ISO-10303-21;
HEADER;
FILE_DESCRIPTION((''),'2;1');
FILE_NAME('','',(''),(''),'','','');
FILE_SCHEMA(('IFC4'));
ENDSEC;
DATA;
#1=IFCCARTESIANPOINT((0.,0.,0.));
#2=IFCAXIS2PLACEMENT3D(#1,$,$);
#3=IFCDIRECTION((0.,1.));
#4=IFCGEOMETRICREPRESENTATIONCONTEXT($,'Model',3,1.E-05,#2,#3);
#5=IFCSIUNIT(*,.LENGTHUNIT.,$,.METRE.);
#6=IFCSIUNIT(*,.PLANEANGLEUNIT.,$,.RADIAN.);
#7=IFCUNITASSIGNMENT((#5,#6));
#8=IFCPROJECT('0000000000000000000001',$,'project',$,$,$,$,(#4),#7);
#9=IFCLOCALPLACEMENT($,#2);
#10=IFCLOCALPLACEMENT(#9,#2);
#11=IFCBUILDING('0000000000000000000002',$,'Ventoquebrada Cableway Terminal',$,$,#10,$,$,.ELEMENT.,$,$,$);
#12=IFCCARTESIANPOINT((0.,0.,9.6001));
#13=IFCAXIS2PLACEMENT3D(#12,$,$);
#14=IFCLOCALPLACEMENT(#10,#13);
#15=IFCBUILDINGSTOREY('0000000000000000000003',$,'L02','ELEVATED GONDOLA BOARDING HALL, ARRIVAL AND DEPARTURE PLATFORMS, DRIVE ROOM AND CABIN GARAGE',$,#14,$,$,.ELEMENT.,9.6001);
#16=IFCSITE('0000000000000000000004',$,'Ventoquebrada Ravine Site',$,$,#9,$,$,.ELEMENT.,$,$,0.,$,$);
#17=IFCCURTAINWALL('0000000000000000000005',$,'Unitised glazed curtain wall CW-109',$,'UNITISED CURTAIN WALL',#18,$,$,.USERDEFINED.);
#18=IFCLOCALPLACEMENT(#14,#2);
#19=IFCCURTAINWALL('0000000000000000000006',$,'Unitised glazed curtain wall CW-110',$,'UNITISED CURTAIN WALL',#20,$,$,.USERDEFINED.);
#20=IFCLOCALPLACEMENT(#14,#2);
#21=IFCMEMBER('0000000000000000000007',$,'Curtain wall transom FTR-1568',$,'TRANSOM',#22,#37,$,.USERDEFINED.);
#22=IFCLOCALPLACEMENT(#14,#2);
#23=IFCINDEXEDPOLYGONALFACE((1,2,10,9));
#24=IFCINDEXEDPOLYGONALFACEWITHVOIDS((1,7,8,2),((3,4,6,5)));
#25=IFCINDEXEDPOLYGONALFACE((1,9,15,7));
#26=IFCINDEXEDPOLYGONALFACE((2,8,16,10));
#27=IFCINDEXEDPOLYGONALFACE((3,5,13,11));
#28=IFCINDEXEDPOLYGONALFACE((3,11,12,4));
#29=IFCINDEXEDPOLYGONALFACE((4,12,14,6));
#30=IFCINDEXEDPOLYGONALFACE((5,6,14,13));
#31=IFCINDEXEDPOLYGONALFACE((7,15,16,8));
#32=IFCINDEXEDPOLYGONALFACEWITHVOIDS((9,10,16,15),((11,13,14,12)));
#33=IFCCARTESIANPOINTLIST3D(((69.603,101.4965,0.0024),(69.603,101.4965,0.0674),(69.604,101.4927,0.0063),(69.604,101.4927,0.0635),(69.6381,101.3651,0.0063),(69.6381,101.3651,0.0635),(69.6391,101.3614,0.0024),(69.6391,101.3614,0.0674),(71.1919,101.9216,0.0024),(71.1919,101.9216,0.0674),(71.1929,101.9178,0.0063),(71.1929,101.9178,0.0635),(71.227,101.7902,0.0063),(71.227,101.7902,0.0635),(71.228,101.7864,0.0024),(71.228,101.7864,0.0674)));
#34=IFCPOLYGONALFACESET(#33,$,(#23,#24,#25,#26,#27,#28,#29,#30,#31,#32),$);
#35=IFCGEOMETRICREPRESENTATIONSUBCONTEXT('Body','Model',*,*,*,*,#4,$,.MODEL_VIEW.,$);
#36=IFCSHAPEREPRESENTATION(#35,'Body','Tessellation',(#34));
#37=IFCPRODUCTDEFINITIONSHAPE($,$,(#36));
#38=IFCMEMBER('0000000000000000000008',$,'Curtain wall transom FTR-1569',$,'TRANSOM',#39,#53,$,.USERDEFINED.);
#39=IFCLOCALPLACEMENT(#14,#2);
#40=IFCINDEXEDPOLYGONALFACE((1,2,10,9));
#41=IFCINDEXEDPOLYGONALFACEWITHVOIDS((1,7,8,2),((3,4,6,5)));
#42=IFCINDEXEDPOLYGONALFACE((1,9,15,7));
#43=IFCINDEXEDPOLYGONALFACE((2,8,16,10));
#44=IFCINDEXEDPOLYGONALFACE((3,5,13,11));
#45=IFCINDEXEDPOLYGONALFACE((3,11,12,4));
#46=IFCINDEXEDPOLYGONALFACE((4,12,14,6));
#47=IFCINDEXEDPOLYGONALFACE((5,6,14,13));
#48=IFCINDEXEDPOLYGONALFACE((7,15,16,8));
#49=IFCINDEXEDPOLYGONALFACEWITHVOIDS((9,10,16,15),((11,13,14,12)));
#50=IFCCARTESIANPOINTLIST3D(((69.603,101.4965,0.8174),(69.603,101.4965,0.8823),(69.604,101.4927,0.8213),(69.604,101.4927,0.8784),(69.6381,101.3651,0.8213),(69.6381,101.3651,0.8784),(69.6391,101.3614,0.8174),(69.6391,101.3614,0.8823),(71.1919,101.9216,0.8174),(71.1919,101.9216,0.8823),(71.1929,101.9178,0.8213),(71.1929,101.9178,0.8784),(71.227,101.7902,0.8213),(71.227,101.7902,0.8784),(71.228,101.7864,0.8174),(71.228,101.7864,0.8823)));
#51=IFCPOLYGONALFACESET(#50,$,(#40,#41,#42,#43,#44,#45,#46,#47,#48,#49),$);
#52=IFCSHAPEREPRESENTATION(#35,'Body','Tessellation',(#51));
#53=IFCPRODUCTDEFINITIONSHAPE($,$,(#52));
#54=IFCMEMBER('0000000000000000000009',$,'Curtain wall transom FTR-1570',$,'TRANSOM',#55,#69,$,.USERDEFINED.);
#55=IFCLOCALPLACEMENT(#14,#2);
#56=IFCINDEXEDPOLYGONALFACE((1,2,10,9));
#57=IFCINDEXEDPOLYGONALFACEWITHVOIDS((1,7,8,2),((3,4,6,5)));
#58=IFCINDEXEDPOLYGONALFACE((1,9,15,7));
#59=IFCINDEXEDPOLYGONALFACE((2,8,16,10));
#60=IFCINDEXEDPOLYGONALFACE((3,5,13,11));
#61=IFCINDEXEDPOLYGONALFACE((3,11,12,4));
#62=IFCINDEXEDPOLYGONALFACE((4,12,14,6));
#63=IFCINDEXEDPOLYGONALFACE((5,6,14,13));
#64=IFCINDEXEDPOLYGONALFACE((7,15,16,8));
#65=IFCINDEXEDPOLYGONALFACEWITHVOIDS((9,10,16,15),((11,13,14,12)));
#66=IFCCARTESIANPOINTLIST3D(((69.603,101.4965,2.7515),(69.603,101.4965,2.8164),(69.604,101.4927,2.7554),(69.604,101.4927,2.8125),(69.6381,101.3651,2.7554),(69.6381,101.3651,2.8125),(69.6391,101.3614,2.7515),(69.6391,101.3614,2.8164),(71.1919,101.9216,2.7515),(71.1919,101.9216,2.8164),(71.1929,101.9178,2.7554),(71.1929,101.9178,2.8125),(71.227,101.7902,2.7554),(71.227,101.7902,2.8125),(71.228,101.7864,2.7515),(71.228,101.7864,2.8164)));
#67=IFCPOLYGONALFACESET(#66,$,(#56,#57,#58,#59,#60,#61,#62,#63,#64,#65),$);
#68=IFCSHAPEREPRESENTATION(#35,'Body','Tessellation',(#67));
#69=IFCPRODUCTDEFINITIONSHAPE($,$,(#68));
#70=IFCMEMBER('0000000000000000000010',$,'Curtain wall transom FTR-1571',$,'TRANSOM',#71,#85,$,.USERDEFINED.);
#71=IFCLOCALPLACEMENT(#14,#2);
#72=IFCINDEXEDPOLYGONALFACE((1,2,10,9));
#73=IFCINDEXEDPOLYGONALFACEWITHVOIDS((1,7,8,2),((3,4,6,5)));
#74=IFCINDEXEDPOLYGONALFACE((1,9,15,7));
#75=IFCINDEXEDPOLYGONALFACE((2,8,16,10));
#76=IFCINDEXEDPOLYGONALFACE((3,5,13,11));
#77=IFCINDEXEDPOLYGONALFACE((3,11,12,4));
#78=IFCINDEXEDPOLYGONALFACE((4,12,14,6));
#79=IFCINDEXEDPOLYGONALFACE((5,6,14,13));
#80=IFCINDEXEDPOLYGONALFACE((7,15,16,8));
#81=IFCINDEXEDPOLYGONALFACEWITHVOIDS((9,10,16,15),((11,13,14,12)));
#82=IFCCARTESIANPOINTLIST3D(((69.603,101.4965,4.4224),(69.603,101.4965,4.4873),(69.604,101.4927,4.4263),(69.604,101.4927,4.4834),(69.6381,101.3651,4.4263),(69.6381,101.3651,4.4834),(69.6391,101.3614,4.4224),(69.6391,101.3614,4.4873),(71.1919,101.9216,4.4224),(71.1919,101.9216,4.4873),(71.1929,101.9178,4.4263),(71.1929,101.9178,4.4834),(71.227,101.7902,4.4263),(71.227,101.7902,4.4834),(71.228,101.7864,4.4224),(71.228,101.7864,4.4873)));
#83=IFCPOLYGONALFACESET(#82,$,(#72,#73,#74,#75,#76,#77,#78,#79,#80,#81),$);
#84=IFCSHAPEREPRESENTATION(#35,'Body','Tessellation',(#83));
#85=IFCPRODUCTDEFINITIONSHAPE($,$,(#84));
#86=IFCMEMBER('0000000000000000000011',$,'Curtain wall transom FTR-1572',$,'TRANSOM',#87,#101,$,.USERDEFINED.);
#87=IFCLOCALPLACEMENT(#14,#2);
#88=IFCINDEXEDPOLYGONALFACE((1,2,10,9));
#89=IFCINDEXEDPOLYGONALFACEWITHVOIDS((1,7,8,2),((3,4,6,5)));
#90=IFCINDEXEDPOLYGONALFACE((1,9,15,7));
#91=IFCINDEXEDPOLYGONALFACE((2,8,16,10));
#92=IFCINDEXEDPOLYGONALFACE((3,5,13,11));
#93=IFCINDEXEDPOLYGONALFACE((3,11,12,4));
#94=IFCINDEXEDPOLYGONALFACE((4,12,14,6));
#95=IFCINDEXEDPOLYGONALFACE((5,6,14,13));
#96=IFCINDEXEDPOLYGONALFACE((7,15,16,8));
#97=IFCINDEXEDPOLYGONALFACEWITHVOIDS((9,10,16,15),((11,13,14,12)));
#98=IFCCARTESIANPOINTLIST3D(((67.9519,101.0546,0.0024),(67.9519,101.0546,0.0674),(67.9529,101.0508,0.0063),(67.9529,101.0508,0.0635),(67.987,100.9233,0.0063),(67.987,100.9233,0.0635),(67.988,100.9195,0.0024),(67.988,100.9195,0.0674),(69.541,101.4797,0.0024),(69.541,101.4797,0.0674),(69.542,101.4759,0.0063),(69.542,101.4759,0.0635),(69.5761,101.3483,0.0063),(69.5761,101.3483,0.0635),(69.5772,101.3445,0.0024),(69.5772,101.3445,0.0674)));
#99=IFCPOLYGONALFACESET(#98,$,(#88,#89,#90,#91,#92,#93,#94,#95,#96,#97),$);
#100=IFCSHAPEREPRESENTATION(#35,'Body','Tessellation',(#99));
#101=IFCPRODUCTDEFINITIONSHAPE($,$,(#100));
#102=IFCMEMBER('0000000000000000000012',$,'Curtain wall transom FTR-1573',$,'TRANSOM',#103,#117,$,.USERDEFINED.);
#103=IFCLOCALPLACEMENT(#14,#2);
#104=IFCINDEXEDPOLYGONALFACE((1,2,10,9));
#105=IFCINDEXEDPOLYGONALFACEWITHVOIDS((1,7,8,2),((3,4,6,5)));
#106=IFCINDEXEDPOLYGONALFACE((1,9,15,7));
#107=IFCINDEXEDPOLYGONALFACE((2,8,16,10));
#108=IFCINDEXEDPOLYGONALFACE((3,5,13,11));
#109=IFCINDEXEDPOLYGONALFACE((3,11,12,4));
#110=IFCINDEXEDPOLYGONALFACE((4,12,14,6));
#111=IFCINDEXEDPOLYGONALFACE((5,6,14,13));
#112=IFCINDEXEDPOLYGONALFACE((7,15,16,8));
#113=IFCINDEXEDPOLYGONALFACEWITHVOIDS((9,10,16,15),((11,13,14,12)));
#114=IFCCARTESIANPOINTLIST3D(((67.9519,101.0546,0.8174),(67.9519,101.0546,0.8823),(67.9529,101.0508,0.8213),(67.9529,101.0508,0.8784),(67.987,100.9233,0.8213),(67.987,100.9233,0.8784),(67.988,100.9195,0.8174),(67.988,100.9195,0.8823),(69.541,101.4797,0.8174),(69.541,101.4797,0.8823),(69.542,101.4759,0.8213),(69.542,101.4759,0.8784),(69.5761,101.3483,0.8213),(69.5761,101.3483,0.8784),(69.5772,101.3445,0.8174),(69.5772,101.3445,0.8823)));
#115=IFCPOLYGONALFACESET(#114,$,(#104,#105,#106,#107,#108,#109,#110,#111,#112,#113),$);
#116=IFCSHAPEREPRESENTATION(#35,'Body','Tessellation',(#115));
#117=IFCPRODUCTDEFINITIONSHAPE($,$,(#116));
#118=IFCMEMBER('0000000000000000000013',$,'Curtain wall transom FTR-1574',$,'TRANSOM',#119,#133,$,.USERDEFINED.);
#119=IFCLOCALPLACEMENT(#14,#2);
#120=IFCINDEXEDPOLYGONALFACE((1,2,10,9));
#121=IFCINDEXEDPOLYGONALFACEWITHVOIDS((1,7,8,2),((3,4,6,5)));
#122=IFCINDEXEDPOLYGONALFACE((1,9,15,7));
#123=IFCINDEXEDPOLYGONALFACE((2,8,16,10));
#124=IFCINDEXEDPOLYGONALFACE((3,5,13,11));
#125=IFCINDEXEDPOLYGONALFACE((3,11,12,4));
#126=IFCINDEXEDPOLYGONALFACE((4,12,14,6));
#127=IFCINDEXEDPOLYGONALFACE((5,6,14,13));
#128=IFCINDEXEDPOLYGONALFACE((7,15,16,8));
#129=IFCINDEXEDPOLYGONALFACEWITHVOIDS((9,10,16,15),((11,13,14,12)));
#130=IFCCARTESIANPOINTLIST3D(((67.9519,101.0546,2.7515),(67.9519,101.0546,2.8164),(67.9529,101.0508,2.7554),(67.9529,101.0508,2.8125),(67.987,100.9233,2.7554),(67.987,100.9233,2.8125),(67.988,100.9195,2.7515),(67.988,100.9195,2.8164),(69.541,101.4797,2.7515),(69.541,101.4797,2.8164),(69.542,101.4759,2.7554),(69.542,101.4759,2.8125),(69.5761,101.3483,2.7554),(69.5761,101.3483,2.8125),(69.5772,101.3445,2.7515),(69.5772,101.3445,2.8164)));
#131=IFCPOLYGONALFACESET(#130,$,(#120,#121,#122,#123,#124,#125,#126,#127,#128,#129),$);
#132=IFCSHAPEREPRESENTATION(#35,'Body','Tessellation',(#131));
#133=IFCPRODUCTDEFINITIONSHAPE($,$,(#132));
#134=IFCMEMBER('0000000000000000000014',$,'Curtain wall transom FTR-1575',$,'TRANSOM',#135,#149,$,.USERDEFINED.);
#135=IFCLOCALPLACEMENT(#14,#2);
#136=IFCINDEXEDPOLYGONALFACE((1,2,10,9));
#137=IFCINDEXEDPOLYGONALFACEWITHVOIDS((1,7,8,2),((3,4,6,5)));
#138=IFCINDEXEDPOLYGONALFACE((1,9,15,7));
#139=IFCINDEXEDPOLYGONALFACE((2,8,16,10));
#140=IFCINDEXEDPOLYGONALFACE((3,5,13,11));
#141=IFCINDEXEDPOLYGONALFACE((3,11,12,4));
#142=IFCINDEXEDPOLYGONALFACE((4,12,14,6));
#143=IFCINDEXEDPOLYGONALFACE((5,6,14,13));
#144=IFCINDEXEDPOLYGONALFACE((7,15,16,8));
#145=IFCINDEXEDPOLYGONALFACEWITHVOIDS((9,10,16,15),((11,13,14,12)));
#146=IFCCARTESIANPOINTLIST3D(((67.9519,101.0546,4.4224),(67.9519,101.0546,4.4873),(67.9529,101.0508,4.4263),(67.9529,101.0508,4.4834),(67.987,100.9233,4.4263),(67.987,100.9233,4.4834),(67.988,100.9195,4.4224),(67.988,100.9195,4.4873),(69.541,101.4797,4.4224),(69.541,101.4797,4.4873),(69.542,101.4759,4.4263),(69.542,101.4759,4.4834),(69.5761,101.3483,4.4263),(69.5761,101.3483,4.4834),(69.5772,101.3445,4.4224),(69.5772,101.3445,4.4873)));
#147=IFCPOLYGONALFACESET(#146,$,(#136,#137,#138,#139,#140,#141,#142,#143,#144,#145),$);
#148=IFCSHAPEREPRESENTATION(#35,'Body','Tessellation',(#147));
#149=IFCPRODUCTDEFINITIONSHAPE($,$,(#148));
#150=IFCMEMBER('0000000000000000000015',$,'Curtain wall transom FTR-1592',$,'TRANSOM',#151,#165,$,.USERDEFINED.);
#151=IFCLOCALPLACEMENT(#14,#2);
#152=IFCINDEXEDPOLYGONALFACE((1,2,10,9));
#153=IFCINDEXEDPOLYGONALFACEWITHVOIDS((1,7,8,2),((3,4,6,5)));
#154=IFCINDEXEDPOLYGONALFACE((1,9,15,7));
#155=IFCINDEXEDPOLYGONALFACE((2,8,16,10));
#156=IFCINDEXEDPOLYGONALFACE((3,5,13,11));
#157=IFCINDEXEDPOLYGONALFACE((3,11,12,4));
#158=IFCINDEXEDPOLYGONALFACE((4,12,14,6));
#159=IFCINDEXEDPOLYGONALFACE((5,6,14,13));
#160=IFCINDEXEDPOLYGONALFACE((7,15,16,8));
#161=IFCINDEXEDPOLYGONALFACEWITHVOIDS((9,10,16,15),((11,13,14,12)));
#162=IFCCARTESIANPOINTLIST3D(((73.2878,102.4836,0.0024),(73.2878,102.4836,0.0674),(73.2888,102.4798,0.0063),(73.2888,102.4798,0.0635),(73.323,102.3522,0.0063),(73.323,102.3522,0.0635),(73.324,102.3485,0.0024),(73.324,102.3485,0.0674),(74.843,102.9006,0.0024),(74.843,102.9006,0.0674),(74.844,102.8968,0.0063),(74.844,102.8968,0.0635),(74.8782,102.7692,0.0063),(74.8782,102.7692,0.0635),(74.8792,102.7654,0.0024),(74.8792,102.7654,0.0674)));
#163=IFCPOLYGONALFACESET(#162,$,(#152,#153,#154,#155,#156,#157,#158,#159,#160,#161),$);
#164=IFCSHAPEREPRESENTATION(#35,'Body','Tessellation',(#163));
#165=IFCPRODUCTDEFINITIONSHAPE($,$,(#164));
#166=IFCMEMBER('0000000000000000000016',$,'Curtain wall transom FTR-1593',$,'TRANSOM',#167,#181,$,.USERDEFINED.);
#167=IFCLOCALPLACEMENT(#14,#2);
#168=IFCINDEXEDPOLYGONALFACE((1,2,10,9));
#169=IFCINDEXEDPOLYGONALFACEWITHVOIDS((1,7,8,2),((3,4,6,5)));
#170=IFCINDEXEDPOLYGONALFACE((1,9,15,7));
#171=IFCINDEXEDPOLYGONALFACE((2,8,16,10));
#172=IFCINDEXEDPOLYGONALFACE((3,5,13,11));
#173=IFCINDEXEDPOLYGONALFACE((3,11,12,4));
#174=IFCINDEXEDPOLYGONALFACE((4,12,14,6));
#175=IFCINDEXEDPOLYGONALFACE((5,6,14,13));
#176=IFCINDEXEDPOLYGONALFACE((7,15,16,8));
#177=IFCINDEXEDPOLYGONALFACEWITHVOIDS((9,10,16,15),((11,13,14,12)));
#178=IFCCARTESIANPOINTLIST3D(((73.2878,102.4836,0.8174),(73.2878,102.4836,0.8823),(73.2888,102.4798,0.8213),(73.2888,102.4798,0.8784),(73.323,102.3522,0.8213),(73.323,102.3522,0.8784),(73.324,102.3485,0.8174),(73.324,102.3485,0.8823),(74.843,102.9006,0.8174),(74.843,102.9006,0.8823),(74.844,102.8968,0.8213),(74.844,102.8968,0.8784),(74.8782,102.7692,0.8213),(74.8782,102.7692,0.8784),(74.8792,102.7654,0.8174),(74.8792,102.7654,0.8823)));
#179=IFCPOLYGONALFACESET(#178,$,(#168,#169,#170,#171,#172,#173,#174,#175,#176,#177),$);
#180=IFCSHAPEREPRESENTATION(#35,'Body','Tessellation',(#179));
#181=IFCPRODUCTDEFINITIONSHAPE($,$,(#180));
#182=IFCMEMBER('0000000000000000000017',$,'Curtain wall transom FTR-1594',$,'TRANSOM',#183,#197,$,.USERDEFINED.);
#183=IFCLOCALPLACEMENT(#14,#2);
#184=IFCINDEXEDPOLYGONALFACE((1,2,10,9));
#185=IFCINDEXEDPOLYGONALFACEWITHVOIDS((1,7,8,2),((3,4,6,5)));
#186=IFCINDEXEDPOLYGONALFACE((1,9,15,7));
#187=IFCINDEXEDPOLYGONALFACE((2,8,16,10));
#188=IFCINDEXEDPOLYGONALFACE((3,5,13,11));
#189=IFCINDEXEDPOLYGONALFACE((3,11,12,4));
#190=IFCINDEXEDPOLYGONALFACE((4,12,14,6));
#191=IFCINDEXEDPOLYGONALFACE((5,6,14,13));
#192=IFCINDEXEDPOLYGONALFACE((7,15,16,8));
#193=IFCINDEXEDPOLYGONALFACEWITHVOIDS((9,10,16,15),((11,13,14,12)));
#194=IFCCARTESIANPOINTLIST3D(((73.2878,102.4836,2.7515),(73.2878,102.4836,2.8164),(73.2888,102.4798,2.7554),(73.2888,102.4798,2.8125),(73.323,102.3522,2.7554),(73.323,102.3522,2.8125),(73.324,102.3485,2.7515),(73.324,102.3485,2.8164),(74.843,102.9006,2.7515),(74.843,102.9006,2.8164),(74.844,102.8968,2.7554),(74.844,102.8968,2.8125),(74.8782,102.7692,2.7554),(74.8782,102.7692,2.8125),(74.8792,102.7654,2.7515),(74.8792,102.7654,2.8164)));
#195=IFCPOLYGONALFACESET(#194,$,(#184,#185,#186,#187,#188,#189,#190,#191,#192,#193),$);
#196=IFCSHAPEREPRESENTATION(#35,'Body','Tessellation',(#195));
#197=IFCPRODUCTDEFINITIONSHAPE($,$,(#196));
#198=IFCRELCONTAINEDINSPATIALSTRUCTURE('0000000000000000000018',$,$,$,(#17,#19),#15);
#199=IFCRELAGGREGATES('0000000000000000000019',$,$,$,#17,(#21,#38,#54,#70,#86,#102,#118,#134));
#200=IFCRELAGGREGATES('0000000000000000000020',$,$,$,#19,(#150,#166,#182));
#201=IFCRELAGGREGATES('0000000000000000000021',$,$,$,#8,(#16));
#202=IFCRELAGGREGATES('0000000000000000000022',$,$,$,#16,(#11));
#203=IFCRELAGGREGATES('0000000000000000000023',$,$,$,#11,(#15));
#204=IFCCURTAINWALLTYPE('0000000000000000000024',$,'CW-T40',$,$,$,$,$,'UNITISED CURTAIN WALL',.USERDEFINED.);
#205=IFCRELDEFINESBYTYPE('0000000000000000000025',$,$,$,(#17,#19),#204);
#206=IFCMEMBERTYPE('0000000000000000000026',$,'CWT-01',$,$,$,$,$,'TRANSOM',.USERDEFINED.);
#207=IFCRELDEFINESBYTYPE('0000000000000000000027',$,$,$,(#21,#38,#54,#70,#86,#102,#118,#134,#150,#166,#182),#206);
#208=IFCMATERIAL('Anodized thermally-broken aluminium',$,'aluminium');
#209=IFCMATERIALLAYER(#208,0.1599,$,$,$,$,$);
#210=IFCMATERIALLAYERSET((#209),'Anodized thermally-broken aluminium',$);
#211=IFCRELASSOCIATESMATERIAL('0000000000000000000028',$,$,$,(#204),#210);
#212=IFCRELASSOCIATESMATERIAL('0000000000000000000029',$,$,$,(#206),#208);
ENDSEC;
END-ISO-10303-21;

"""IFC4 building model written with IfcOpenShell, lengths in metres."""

from ifc_helpers import new_model, si_unit, direction, frame, origin, origin_2d, place, context, subcontext, project, spatial, hollow_rectangle, extrude, material, layer, layer_set, material_profile, profile_set, type_object, element, aggregate, save


model = new_model("IFC4")

# Units and contexts
model_context = context("Model", 3, precision=1e-05, world=origin(), true_north=direction((0.0, 1.0)))
body_context = subcontext(model_context, "Body", "Model", "MODEL_VIEW")
ifc_project = project(units=[si_unit("LENGTHUNIT", "METRE"), si_unit("PLANEANGLEUNIT", "RADIAN")], contexts=[model_context])

# Site, building, storey
site_placement = place(None, origin())
site = spatial("IfcSite", under=ifc_project, at=site_placement, Name="Ventoquebrada Ravine Site", CompositionType="ELEMENT", RefElevation=0.0)
building_placement = place(site_placement, origin())
building = spatial("IfcBuilding", under=site, at=building_placement, Name="Ventoquebrada Cableway Terminal", CompositionType="ELEMENT")
storey_placement = place(building_placement, frame((0.0, 0.0, 9.6001)))
storey = spatial("IfcBuildingStorey", under=building, at=storey_placement, Name="L02", Description="ELEVATED GONDOLA BOARDING HALL, ARRIVAL AND DEPARTURE PLATFORMS, DRIVE ROOM AND CABIN GARAGE", CompositionType="ELEMENT", Elevation=9.6001)

# Curtain walls
ifc_material_1 = material(Name="Anodized thermally-broken aluminium", Category="aluminium")
ifc_layer_1 = layer(ifc_material_1, 0.1599)
ifc_layer_set_1 = layer_set([ifc_layer_1], Name="Anodized thermally-broken aluminium")
curtain_wall_type = type_object("IfcCurtainWallType", Name="CW-T40", ElementType="UNITISED CURTAIN WALL", PredefinedType="USERDEFINED", material=ifc_layer_set_1)
curtain_wall_1_placement = place(storey_placement, origin())
curtain_wall_1 = element("IfcCurtainWall", 1, at=curtain_wall_1_placement, inside=storey, type_object=curtain_wall_type, Name="Unitised glazed curtain wall CW-109", ObjectType="UNITISED CURTAIN WALL", PredefinedType="USERDEFINED")
curtain_wall_2_placement = place(storey_placement, origin())
curtain_wall_2 = element("IfcCurtainWall", 2, at=curtain_wall_2_placement, inside=storey, type_object=curtain_wall_type, Name="Unitised glazed curtain wall CW-110", ObjectType="UNITISED CURTAIN WALL", PredefinedType="USERDEFINED")

# Members
ifc_material_profile_1 = material_profile(ifc_material_1, hollow_rectangle(XDim=0.0649, YDim=0.1399, WallThickness=0.0039, at=origin_2d()), Name="CW-TRN-65X140")
ifc_profile_set_1 = profile_set([ifc_material_profile_1], Name="Anodized thermally-broken aluminium")
member_type_1 = type_object("IfcMemberType", Name="CWT-01", ElementType="TRANSOM", PredefinedType="USERDEFINED", material=ifc_profile_set_1)
member_1_placement = place(storey_placement, frame((71.21, 101.854, 0.0349), z_axis=(-0.96603, -0.258429, 0.0), x_axis=(0.0, 0.0, 1.0)))
member_1 = element("IfcMember", 3, at=member_1_placement, type_object=member_type_1, Name="Curtain wall transom FTR-1568", ObjectType="TRANSOM", PredefinedType="USERDEFINED", context=body_context, shape_type="SweptSolid", body=[
    extrude(hollow_rectangle(XDim=0.0649, YDim=0.1399, WallThickness=0.0039, at=origin_2d()), origin(), (0.0, 0.0, 1.0), 1.6448),
])
member_2_placement = place(storey_placement, frame((71.21, 101.854, 0.8499), z_axis=(-0.96603, -0.258429, 0.0), x_axis=(0.0, 0.0, 1.0)))
member_2 = element("IfcMember", 4, at=member_2_placement, type_object=member_type_1, Name="Curtain wall transom FTR-1569", ObjectType="TRANSOM", PredefinedType="USERDEFINED", context=body_context, shape_type="SweptSolid", body=[
    extrude(hollow_rectangle(XDim=0.0649, YDim=0.1399, WallThickness=0.0039, at=origin_2d()), origin(), (0.0, 0.0, 1.0), 1.6448),
])
member_3_placement = place(storey_placement, frame((71.21, 101.854, 2.7839), z_axis=(-0.96603, -0.258429, 0.0), x_axis=(0.0, 0.0, 1.0)))
member_3 = element("IfcMember", 5, at=member_3_placement, type_object=member_type_1, Name="Curtain wall transom FTR-1570", ObjectType="TRANSOM", PredefinedType="USERDEFINED", context=body_context, shape_type="SweptSolid", body=[
    extrude(hollow_rectangle(XDim=0.0649, YDim=0.1399, WallThickness=0.0039, at=origin_2d()), origin(), (0.0, 0.0, 1.0), 1.6448),
])
member_4_placement = place(storey_placement, frame((71.21, 101.854, 4.4548), z_axis=(-0.96603, -0.258429, 0.0), x_axis=(0.0, 0.0, 1.0)))
member_4 = element("IfcMember", 6, at=member_4_placement, type_object=member_type_1, Name="Curtain wall transom FTR-1571", ObjectType="TRANSOM", PredefinedType="USERDEFINED", context=body_context, shape_type="SweptSolid", body=[
    extrude(hollow_rectangle(XDim=0.0649, YDim=0.1399, WallThickness=0.0039, at=origin_2d()), origin(), (0.0, 0.0, 1.0), 1.6448),
])
member_5_placement = place(storey_placement, frame((69.5591, 101.4121, 0.0349), z_axis=(-0.96604, -0.258392, 0.0), x_axis=(0.0, 0.0, 1.0)))
member_5 = element("IfcMember", 7, at=member_5_placement, type_object=member_type_1, Name="Curtain wall transom FTR-1572", ObjectType="TRANSOM", PredefinedType="USERDEFINED", context=body_context, shape_type="SweptSolid", body=[
    extrude(hollow_rectangle(XDim=0.0649, YDim=0.1399, WallThickness=0.0039, at=origin_2d()), origin(), (0.0, 0.0, 1.0), 1.645),
])
member_6_placement = place(storey_placement, frame((69.5591, 101.4121, 0.8499), z_axis=(-0.96604, -0.258392, 0.0), x_axis=(0.0, 0.0, 1.0)))
member_6 = element("IfcMember", 8, at=member_6_placement, type_object=member_type_1, Name="Curtain wall transom FTR-1573", ObjectType="TRANSOM", PredefinedType="USERDEFINED", context=body_context, shape_type="SweptSolid", body=[
    extrude(hollow_rectangle(XDim=0.0649, YDim=0.1399, WallThickness=0.0039, at=origin_2d()), origin(), (0.0, 0.0, 1.0), 1.645),
])
member_7_placement = place(storey_placement, frame((69.5591, 101.4121, 2.7839), z_axis=(-0.96604, -0.258392, 0.0), x_axis=(0.0, 0.0, 1.0)))
member_7 = element("IfcMember", 9, at=member_7_placement, type_object=member_type_1, Name="Curtain wall transom FTR-1574", ObjectType="TRANSOM", PredefinedType="USERDEFINED", context=body_context, shape_type="SweptSolid", body=[
    extrude(hollow_rectangle(XDim=0.0649, YDim=0.1399, WallThickness=0.0039, at=origin_2d()), origin(), (0.0, 0.0, 1.0), 1.645),
])
member_8_placement = place(storey_placement, frame((69.5591, 101.4121, 4.4548), z_axis=(-0.96604, -0.258392, 0.0), x_axis=(0.0, 0.0, 1.0)))
member_8 = element("IfcMember", 10, at=member_8_placement, type_object=member_type_1, Name="Curtain wall transom FTR-1575", ObjectType="TRANSOM", PredefinedType="USERDEFINED", context=body_context, shape_type="SweptSolid", body=[
    extrude(hollow_rectangle(XDim=0.0649, YDim=0.1399, WallThickness=0.0039, at=origin_2d()), origin(), (0.0, 0.0, 1.0), 1.645),
])
member_9_placement = place(storey_placement, frame((74.8611, 102.833, 0.0349), z_axis=(-0.965882, -0.258984, 0.0), x_axis=(0.0, 0.0, 1.0)))
member_9 = element("IfcMember", 11, at=member_9_placement, type_object=member_type_1, Name="Curtain wall transom FTR-1592", ObjectType="TRANSOM", PredefinedType="USERDEFINED", context=body_context, shape_type="SweptSolid", body=[
    extrude(hollow_rectangle(XDim=0.0649, YDim=0.1399, WallThickness=0.0039, at=origin_2d()), origin(), (0.0, 0.0, 1.0), 1.6101),
])
member_10_placement = place(storey_placement, frame((74.8611, 102.833, 0.8499), z_axis=(-0.965882, -0.258984, 0.0), x_axis=(0.0, 0.0, 1.0)))
member_10 = element("IfcMember", 12, at=member_10_placement, type_object=member_type_1, Name="Curtain wall transom FTR-1593", ObjectType="TRANSOM", PredefinedType="USERDEFINED", context=body_context, shape_type="SweptSolid", body=[
    extrude(hollow_rectangle(XDim=0.0649, YDim=0.1399, WallThickness=0.0039, at=origin_2d()), origin(), (0.0, 0.0, 1.0), 1.6101),
])
member_11_placement = place(storey_placement, frame((74.8611, 102.833, 2.7839), z_axis=(-0.965882, -0.258984, 0.0), x_axis=(0.0, 0.0, 1.0)))
member_11 = element("IfcMember", 13, at=member_11_placement, type_object=member_type_1, Name="Curtain wall transom FTR-1594", ObjectType="TRANSOM", PredefinedType="USERDEFINED", context=body_context, shape_type="SweptSolid", body=[
    extrude(hollow_rectangle(XDim=0.0649, YDim=0.1399, WallThickness=0.0039, at=origin_2d()), origin(), (0.0, 0.0, 1.0), 1.6101),
])

aggregate(curtain_wall_1, [member_1, member_2, member_3, member_4, member_5, member_6, member_7, member_8])
aggregate(curtain_wall_2, [member_9, member_10, member_11])

save(model, "model.ifc")
